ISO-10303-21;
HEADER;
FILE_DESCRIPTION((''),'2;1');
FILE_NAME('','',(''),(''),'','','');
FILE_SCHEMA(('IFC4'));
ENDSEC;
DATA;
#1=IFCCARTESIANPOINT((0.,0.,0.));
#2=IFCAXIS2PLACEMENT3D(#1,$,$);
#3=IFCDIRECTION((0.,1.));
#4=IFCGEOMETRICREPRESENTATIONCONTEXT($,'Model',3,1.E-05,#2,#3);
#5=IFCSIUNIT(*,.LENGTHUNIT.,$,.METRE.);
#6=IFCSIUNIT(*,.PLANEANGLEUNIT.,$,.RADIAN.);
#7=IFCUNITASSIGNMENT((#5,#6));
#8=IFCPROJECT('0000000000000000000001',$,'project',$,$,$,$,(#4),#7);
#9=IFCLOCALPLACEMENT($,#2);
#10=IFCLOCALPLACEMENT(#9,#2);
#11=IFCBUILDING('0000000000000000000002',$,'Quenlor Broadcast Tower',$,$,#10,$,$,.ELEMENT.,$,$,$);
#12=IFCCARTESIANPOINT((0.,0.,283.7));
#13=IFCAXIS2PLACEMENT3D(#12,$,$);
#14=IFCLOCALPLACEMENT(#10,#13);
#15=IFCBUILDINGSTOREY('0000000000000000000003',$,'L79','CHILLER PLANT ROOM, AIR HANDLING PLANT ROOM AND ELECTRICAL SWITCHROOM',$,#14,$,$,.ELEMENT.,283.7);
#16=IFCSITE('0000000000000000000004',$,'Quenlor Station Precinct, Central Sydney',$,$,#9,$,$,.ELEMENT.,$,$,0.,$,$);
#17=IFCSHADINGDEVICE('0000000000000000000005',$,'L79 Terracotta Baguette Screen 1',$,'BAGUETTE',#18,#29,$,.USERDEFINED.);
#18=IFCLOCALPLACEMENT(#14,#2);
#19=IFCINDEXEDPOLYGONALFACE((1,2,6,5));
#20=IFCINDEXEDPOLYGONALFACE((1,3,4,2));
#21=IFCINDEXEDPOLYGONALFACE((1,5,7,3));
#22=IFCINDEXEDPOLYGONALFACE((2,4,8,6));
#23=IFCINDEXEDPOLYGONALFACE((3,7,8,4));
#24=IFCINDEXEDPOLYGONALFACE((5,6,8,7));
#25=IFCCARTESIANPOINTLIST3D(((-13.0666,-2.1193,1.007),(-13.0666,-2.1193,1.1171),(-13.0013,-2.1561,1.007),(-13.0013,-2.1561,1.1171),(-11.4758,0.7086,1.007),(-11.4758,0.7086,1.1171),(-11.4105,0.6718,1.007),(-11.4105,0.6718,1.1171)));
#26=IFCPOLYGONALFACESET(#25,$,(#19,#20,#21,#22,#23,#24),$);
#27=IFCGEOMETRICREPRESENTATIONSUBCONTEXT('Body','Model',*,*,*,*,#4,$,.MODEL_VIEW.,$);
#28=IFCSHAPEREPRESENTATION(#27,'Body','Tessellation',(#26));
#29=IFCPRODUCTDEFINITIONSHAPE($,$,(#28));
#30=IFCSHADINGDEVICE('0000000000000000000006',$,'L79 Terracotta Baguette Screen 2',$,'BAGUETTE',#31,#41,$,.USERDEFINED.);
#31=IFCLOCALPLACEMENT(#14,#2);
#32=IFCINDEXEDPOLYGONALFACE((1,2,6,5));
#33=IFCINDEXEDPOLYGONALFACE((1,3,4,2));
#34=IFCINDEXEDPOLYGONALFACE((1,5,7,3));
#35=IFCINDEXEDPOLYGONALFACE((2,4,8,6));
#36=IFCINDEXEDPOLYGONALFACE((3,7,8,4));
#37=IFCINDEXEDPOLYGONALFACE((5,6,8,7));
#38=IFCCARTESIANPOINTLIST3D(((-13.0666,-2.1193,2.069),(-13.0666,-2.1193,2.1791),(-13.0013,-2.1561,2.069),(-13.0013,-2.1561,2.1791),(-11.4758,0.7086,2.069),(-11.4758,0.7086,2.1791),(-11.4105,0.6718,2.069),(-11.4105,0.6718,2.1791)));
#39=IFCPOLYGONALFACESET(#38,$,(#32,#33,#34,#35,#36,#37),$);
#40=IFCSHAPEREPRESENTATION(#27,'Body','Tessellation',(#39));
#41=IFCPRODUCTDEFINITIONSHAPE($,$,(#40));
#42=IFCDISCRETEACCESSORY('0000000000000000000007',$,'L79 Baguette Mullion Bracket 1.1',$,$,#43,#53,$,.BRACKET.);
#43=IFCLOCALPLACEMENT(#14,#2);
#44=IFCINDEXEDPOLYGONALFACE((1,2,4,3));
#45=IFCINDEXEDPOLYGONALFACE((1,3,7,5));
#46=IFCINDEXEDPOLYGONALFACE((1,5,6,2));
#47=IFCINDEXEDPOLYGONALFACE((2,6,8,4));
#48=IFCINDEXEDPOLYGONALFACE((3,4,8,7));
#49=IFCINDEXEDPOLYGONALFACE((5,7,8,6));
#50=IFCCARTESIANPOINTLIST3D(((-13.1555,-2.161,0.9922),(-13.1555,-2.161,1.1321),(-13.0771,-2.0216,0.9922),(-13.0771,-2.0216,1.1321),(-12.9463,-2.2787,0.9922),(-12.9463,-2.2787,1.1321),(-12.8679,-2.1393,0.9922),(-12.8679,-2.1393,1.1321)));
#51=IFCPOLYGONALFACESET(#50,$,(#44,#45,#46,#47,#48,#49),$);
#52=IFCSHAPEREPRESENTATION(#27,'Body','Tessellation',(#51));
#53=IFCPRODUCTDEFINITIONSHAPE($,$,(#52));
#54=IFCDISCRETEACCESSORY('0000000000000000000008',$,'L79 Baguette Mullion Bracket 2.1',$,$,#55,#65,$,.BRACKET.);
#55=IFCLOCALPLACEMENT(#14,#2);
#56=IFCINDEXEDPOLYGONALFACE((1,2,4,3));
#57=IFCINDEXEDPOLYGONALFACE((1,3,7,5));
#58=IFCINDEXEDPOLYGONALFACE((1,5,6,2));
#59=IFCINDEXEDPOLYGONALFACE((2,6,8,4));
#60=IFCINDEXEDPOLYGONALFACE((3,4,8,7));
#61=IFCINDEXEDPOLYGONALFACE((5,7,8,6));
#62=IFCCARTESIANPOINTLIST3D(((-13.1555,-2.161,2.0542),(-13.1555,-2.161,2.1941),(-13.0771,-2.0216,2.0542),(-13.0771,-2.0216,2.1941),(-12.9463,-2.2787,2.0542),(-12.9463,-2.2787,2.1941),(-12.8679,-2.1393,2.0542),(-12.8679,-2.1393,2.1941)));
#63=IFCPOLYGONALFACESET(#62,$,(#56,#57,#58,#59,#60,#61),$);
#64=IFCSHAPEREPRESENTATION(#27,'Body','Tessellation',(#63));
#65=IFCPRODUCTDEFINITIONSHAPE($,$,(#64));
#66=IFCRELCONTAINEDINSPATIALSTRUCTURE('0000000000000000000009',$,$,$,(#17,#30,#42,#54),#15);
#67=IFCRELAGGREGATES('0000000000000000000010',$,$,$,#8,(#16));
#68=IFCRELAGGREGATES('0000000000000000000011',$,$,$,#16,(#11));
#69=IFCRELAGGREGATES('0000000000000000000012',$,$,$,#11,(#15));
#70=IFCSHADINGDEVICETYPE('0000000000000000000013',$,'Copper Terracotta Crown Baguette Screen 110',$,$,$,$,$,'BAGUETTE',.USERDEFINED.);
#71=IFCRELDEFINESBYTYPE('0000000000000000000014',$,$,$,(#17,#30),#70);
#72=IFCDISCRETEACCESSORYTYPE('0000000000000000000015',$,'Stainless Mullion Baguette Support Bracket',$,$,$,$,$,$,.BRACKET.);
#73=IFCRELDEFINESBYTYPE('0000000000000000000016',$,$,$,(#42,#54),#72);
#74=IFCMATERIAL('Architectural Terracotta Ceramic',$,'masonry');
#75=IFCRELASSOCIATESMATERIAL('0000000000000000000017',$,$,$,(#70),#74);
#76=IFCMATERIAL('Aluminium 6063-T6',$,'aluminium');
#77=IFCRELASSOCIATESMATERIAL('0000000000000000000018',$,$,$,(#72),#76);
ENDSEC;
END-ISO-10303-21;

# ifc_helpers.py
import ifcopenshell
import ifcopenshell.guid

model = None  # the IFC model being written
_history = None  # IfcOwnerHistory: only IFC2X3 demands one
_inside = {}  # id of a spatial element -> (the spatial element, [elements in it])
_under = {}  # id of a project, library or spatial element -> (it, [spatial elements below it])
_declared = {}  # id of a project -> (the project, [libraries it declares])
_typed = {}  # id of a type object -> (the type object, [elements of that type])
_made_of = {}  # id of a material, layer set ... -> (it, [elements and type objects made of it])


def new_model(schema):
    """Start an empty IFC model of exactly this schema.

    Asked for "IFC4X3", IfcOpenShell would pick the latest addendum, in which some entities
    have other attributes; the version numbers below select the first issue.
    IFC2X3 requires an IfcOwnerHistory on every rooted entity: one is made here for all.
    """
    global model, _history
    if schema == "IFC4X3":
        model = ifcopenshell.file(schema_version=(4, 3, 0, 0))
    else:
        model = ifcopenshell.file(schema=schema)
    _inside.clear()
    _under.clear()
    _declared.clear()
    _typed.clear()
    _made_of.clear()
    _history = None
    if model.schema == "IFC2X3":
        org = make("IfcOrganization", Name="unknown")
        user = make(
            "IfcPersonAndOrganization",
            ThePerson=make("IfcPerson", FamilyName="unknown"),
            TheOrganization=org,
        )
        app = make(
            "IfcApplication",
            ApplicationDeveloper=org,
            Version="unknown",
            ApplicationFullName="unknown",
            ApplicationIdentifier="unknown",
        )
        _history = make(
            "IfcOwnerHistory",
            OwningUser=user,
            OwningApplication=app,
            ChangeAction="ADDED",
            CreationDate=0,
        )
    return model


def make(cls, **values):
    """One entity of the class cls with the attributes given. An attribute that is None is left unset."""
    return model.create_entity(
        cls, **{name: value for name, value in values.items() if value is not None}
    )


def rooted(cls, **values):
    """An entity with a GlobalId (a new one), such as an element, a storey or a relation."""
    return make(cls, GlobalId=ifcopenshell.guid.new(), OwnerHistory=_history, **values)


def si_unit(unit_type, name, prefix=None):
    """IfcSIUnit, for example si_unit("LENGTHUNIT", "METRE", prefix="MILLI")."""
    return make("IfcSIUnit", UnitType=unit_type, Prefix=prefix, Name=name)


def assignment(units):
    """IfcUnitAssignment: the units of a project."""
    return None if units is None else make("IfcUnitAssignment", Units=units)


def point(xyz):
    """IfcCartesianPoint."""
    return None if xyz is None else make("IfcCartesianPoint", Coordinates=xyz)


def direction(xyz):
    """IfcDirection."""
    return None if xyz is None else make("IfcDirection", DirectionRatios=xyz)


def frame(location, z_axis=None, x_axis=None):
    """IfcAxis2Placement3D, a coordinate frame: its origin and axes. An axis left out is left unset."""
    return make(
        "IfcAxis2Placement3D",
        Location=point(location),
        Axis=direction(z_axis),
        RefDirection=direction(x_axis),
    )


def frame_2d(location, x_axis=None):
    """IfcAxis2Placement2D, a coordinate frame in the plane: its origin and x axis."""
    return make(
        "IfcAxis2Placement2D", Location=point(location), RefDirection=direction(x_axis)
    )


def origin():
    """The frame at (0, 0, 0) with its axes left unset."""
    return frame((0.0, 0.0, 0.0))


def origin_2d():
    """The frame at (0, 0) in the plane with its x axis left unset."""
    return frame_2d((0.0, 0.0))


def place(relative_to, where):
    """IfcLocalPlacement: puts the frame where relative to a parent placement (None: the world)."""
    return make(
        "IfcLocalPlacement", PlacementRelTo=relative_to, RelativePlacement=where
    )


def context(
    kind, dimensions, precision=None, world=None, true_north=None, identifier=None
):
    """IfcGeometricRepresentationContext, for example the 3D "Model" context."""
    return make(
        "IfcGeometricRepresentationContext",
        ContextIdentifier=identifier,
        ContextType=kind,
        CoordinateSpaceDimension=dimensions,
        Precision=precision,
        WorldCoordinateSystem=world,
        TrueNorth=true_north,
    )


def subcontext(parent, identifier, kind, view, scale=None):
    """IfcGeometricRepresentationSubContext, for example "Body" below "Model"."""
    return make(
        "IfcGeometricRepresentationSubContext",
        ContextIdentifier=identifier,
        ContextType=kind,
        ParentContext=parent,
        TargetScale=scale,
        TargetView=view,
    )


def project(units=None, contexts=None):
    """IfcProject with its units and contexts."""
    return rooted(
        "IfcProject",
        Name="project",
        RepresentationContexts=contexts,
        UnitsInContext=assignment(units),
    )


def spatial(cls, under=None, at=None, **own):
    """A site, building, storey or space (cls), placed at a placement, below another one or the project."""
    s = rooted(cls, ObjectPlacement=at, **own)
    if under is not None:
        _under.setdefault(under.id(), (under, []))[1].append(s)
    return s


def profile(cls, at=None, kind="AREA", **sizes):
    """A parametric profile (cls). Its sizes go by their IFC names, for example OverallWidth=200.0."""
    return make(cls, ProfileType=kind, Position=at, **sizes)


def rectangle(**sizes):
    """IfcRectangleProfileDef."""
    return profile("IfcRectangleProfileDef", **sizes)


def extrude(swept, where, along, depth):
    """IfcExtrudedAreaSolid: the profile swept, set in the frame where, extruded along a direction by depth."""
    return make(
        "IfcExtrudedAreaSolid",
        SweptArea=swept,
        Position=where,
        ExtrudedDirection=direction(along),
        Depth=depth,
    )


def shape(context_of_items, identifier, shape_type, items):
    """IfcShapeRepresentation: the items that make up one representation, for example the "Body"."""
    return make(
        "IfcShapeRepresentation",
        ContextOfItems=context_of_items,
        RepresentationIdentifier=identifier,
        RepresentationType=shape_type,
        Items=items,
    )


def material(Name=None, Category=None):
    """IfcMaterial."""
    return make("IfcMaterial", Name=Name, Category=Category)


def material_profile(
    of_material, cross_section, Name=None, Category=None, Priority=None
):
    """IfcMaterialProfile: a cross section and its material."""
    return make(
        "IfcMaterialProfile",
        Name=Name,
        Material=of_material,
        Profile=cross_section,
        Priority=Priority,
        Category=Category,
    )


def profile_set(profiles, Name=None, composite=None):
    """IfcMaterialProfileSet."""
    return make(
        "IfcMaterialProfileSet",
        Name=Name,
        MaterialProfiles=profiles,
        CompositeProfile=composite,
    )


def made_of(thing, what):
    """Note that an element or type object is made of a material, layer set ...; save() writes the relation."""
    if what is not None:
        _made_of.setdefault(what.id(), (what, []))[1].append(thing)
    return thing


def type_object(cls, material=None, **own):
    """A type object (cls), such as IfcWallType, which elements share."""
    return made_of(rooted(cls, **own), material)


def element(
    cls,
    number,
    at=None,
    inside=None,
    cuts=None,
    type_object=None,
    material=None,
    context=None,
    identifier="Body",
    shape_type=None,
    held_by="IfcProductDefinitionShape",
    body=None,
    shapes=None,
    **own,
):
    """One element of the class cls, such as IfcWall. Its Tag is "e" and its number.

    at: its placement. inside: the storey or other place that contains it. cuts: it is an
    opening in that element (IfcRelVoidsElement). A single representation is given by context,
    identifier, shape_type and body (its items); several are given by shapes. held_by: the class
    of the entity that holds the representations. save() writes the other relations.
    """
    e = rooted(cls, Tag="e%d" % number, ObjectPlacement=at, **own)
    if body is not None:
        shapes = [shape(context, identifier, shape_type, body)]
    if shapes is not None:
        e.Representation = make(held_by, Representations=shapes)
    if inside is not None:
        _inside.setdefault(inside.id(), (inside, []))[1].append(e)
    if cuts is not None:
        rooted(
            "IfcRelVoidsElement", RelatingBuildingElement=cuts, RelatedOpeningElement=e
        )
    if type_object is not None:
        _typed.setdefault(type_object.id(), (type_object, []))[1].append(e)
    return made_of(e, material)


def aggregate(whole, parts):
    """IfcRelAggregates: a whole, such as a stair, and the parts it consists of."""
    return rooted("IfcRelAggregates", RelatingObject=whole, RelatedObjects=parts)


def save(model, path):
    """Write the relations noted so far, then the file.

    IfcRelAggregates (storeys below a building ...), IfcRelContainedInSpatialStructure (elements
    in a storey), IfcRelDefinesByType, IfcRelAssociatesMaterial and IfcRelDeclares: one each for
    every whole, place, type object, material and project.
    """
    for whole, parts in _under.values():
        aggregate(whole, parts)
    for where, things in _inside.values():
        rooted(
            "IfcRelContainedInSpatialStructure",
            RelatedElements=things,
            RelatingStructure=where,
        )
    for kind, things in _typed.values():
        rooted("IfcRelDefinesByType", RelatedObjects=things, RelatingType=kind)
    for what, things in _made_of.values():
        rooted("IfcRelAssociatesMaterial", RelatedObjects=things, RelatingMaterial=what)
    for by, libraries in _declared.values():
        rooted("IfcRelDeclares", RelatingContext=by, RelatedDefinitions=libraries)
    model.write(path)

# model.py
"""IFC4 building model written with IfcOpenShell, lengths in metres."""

from ifc_helpers import new_model, si_unit, direction, frame, origin, origin_2d, place, context, subcontext, project, spatial, rectangle, extrude, material, material_profile, profile_set, type_object, element, save


model = new_model("IFC4")

# Units and contexts
model_context = context("Model", 3, precision=1e-05, world=origin(), true_north=direction((0.0, 1.0)))
body_context = subcontext(model_context, "Body", "Model", "MODEL_VIEW")
ifc_project = project(units=[si_unit("LENGTHUNIT", "METRE"), si_unit("PLANEANGLEUNIT", "RADIAN")], contexts=[model_context])

# Site, building, storey
site_placement = place(None, origin())
site = spatial("IfcSite", under=ifc_project, at=site_placement, Name="Quenlor Station Precinct, Central Sydney", CompositionType="ELEMENT", RefElevation=0.0)
building_placement = place(site_placement, origin())
building = spatial("IfcBuilding", under=site, at=building_placement, Name="Quenlor Broadcast Tower", CompositionType="ELEMENT")
storey_placement = place(building_placement, frame((0.0, 0.0, 283.7)))
storey = spatial("IfcBuildingStorey", under=building, at=storey_placement, Name="L79", Description="CHILLER PLANT ROOM, AIR HANDLING PLANT ROOM AND ELECTRICAL SWITCHROOM", CompositionType="ELEMENT", Elevation=283.7)

# Shading devices
ifc_material_1 = material(Name="Architectural Terracotta Ceramic", Category="masonry")
ifc_material_profile_1 = material_profile(ifc_material_1, rectangle(XDim=0.075, YDim=0.1101, at=origin_2d()))
ifc_profile_set_1 = profile_set([ifc_material_profile_1], Name="Architectural Terracotta Ceramic BAG75x110")
shading_device_type = type_object("IfcShadingDeviceType", Name="Copper Terracotta Crown Baguette Screen 110", ElementType="BAGUETTE", PredefinedType="USERDEFINED", material=ifc_profile_set_1)
for number, where, z_axis, x_axis, name in (
    (1, (-13.0339, -2.1377, 1.062), (0.490293, 0.871557, 0.0), (-0.871557, 0.490293, 0.0), "L79 Terracotta Baguette Screen 1"),
    (2, (-13.0339, -2.1377, 2.124), (0.490293, 0.871557, 0.0), (-0.871557, 0.490293, 0.0), "L79 Terracotta Baguette Screen 2"),
):
    element("IfcShadingDevice", number, at=place(storey_placement, frame(where, z_axis=z_axis, x_axis=x_axis)), inside=storey, type_object=shading_device_type, Name=name, ObjectType="BAGUETTE", PredefinedType="USERDEFINED", context=body_context, shape_type="SweptSolid", body=[
        extrude(rectangle(XDim=0.075, YDim=0.1101, at=origin_2d()), origin(), (0.0, 0.0, 1.0), 3.2446),
    ])

# Discrete accessories
ifc_material_2 = material(Name="Aluminium 6063-T6", Category="aluminium")
discrete_accessory_type = type_object("IfcDiscreteAccessoryType", Name="Stainless Mullion Baguette Support Bracket", PredefinedType="BRACKET", material=ifc_material_2)
for number, where, z_axis, x_axis, name in (
    (3, (-13.0117, -2.1501, 0.9922), (0.0, 0.0, 1.0), (0.490268, 0.871572, 0.0), "L79 Baguette Mullion Bracket 1.1"),
    (4, (-13.0117, -2.1501, 2.0542), (0.0, 0.0, 1.0), (0.490268, 0.871572, 0.0), "L79 Baguette Mullion Bracket 2.1"),
):
    element("IfcDiscreteAccessory", number, at=place(storey_placement, frame(where, z_axis=z_axis, x_axis=x_axis)), inside=storey, type_object=discrete_accessory_type, Name=name, PredefinedType="BRACKET", context=body_context, shape_type="SweptSolid", body=[
        extrude(rectangle(XDim=0.1599, YDim=0.24, at=origin_2d()), origin(), (0.0, 0.0, 1.0), 0.1399),
    ])

save(model, "model.ifc")
